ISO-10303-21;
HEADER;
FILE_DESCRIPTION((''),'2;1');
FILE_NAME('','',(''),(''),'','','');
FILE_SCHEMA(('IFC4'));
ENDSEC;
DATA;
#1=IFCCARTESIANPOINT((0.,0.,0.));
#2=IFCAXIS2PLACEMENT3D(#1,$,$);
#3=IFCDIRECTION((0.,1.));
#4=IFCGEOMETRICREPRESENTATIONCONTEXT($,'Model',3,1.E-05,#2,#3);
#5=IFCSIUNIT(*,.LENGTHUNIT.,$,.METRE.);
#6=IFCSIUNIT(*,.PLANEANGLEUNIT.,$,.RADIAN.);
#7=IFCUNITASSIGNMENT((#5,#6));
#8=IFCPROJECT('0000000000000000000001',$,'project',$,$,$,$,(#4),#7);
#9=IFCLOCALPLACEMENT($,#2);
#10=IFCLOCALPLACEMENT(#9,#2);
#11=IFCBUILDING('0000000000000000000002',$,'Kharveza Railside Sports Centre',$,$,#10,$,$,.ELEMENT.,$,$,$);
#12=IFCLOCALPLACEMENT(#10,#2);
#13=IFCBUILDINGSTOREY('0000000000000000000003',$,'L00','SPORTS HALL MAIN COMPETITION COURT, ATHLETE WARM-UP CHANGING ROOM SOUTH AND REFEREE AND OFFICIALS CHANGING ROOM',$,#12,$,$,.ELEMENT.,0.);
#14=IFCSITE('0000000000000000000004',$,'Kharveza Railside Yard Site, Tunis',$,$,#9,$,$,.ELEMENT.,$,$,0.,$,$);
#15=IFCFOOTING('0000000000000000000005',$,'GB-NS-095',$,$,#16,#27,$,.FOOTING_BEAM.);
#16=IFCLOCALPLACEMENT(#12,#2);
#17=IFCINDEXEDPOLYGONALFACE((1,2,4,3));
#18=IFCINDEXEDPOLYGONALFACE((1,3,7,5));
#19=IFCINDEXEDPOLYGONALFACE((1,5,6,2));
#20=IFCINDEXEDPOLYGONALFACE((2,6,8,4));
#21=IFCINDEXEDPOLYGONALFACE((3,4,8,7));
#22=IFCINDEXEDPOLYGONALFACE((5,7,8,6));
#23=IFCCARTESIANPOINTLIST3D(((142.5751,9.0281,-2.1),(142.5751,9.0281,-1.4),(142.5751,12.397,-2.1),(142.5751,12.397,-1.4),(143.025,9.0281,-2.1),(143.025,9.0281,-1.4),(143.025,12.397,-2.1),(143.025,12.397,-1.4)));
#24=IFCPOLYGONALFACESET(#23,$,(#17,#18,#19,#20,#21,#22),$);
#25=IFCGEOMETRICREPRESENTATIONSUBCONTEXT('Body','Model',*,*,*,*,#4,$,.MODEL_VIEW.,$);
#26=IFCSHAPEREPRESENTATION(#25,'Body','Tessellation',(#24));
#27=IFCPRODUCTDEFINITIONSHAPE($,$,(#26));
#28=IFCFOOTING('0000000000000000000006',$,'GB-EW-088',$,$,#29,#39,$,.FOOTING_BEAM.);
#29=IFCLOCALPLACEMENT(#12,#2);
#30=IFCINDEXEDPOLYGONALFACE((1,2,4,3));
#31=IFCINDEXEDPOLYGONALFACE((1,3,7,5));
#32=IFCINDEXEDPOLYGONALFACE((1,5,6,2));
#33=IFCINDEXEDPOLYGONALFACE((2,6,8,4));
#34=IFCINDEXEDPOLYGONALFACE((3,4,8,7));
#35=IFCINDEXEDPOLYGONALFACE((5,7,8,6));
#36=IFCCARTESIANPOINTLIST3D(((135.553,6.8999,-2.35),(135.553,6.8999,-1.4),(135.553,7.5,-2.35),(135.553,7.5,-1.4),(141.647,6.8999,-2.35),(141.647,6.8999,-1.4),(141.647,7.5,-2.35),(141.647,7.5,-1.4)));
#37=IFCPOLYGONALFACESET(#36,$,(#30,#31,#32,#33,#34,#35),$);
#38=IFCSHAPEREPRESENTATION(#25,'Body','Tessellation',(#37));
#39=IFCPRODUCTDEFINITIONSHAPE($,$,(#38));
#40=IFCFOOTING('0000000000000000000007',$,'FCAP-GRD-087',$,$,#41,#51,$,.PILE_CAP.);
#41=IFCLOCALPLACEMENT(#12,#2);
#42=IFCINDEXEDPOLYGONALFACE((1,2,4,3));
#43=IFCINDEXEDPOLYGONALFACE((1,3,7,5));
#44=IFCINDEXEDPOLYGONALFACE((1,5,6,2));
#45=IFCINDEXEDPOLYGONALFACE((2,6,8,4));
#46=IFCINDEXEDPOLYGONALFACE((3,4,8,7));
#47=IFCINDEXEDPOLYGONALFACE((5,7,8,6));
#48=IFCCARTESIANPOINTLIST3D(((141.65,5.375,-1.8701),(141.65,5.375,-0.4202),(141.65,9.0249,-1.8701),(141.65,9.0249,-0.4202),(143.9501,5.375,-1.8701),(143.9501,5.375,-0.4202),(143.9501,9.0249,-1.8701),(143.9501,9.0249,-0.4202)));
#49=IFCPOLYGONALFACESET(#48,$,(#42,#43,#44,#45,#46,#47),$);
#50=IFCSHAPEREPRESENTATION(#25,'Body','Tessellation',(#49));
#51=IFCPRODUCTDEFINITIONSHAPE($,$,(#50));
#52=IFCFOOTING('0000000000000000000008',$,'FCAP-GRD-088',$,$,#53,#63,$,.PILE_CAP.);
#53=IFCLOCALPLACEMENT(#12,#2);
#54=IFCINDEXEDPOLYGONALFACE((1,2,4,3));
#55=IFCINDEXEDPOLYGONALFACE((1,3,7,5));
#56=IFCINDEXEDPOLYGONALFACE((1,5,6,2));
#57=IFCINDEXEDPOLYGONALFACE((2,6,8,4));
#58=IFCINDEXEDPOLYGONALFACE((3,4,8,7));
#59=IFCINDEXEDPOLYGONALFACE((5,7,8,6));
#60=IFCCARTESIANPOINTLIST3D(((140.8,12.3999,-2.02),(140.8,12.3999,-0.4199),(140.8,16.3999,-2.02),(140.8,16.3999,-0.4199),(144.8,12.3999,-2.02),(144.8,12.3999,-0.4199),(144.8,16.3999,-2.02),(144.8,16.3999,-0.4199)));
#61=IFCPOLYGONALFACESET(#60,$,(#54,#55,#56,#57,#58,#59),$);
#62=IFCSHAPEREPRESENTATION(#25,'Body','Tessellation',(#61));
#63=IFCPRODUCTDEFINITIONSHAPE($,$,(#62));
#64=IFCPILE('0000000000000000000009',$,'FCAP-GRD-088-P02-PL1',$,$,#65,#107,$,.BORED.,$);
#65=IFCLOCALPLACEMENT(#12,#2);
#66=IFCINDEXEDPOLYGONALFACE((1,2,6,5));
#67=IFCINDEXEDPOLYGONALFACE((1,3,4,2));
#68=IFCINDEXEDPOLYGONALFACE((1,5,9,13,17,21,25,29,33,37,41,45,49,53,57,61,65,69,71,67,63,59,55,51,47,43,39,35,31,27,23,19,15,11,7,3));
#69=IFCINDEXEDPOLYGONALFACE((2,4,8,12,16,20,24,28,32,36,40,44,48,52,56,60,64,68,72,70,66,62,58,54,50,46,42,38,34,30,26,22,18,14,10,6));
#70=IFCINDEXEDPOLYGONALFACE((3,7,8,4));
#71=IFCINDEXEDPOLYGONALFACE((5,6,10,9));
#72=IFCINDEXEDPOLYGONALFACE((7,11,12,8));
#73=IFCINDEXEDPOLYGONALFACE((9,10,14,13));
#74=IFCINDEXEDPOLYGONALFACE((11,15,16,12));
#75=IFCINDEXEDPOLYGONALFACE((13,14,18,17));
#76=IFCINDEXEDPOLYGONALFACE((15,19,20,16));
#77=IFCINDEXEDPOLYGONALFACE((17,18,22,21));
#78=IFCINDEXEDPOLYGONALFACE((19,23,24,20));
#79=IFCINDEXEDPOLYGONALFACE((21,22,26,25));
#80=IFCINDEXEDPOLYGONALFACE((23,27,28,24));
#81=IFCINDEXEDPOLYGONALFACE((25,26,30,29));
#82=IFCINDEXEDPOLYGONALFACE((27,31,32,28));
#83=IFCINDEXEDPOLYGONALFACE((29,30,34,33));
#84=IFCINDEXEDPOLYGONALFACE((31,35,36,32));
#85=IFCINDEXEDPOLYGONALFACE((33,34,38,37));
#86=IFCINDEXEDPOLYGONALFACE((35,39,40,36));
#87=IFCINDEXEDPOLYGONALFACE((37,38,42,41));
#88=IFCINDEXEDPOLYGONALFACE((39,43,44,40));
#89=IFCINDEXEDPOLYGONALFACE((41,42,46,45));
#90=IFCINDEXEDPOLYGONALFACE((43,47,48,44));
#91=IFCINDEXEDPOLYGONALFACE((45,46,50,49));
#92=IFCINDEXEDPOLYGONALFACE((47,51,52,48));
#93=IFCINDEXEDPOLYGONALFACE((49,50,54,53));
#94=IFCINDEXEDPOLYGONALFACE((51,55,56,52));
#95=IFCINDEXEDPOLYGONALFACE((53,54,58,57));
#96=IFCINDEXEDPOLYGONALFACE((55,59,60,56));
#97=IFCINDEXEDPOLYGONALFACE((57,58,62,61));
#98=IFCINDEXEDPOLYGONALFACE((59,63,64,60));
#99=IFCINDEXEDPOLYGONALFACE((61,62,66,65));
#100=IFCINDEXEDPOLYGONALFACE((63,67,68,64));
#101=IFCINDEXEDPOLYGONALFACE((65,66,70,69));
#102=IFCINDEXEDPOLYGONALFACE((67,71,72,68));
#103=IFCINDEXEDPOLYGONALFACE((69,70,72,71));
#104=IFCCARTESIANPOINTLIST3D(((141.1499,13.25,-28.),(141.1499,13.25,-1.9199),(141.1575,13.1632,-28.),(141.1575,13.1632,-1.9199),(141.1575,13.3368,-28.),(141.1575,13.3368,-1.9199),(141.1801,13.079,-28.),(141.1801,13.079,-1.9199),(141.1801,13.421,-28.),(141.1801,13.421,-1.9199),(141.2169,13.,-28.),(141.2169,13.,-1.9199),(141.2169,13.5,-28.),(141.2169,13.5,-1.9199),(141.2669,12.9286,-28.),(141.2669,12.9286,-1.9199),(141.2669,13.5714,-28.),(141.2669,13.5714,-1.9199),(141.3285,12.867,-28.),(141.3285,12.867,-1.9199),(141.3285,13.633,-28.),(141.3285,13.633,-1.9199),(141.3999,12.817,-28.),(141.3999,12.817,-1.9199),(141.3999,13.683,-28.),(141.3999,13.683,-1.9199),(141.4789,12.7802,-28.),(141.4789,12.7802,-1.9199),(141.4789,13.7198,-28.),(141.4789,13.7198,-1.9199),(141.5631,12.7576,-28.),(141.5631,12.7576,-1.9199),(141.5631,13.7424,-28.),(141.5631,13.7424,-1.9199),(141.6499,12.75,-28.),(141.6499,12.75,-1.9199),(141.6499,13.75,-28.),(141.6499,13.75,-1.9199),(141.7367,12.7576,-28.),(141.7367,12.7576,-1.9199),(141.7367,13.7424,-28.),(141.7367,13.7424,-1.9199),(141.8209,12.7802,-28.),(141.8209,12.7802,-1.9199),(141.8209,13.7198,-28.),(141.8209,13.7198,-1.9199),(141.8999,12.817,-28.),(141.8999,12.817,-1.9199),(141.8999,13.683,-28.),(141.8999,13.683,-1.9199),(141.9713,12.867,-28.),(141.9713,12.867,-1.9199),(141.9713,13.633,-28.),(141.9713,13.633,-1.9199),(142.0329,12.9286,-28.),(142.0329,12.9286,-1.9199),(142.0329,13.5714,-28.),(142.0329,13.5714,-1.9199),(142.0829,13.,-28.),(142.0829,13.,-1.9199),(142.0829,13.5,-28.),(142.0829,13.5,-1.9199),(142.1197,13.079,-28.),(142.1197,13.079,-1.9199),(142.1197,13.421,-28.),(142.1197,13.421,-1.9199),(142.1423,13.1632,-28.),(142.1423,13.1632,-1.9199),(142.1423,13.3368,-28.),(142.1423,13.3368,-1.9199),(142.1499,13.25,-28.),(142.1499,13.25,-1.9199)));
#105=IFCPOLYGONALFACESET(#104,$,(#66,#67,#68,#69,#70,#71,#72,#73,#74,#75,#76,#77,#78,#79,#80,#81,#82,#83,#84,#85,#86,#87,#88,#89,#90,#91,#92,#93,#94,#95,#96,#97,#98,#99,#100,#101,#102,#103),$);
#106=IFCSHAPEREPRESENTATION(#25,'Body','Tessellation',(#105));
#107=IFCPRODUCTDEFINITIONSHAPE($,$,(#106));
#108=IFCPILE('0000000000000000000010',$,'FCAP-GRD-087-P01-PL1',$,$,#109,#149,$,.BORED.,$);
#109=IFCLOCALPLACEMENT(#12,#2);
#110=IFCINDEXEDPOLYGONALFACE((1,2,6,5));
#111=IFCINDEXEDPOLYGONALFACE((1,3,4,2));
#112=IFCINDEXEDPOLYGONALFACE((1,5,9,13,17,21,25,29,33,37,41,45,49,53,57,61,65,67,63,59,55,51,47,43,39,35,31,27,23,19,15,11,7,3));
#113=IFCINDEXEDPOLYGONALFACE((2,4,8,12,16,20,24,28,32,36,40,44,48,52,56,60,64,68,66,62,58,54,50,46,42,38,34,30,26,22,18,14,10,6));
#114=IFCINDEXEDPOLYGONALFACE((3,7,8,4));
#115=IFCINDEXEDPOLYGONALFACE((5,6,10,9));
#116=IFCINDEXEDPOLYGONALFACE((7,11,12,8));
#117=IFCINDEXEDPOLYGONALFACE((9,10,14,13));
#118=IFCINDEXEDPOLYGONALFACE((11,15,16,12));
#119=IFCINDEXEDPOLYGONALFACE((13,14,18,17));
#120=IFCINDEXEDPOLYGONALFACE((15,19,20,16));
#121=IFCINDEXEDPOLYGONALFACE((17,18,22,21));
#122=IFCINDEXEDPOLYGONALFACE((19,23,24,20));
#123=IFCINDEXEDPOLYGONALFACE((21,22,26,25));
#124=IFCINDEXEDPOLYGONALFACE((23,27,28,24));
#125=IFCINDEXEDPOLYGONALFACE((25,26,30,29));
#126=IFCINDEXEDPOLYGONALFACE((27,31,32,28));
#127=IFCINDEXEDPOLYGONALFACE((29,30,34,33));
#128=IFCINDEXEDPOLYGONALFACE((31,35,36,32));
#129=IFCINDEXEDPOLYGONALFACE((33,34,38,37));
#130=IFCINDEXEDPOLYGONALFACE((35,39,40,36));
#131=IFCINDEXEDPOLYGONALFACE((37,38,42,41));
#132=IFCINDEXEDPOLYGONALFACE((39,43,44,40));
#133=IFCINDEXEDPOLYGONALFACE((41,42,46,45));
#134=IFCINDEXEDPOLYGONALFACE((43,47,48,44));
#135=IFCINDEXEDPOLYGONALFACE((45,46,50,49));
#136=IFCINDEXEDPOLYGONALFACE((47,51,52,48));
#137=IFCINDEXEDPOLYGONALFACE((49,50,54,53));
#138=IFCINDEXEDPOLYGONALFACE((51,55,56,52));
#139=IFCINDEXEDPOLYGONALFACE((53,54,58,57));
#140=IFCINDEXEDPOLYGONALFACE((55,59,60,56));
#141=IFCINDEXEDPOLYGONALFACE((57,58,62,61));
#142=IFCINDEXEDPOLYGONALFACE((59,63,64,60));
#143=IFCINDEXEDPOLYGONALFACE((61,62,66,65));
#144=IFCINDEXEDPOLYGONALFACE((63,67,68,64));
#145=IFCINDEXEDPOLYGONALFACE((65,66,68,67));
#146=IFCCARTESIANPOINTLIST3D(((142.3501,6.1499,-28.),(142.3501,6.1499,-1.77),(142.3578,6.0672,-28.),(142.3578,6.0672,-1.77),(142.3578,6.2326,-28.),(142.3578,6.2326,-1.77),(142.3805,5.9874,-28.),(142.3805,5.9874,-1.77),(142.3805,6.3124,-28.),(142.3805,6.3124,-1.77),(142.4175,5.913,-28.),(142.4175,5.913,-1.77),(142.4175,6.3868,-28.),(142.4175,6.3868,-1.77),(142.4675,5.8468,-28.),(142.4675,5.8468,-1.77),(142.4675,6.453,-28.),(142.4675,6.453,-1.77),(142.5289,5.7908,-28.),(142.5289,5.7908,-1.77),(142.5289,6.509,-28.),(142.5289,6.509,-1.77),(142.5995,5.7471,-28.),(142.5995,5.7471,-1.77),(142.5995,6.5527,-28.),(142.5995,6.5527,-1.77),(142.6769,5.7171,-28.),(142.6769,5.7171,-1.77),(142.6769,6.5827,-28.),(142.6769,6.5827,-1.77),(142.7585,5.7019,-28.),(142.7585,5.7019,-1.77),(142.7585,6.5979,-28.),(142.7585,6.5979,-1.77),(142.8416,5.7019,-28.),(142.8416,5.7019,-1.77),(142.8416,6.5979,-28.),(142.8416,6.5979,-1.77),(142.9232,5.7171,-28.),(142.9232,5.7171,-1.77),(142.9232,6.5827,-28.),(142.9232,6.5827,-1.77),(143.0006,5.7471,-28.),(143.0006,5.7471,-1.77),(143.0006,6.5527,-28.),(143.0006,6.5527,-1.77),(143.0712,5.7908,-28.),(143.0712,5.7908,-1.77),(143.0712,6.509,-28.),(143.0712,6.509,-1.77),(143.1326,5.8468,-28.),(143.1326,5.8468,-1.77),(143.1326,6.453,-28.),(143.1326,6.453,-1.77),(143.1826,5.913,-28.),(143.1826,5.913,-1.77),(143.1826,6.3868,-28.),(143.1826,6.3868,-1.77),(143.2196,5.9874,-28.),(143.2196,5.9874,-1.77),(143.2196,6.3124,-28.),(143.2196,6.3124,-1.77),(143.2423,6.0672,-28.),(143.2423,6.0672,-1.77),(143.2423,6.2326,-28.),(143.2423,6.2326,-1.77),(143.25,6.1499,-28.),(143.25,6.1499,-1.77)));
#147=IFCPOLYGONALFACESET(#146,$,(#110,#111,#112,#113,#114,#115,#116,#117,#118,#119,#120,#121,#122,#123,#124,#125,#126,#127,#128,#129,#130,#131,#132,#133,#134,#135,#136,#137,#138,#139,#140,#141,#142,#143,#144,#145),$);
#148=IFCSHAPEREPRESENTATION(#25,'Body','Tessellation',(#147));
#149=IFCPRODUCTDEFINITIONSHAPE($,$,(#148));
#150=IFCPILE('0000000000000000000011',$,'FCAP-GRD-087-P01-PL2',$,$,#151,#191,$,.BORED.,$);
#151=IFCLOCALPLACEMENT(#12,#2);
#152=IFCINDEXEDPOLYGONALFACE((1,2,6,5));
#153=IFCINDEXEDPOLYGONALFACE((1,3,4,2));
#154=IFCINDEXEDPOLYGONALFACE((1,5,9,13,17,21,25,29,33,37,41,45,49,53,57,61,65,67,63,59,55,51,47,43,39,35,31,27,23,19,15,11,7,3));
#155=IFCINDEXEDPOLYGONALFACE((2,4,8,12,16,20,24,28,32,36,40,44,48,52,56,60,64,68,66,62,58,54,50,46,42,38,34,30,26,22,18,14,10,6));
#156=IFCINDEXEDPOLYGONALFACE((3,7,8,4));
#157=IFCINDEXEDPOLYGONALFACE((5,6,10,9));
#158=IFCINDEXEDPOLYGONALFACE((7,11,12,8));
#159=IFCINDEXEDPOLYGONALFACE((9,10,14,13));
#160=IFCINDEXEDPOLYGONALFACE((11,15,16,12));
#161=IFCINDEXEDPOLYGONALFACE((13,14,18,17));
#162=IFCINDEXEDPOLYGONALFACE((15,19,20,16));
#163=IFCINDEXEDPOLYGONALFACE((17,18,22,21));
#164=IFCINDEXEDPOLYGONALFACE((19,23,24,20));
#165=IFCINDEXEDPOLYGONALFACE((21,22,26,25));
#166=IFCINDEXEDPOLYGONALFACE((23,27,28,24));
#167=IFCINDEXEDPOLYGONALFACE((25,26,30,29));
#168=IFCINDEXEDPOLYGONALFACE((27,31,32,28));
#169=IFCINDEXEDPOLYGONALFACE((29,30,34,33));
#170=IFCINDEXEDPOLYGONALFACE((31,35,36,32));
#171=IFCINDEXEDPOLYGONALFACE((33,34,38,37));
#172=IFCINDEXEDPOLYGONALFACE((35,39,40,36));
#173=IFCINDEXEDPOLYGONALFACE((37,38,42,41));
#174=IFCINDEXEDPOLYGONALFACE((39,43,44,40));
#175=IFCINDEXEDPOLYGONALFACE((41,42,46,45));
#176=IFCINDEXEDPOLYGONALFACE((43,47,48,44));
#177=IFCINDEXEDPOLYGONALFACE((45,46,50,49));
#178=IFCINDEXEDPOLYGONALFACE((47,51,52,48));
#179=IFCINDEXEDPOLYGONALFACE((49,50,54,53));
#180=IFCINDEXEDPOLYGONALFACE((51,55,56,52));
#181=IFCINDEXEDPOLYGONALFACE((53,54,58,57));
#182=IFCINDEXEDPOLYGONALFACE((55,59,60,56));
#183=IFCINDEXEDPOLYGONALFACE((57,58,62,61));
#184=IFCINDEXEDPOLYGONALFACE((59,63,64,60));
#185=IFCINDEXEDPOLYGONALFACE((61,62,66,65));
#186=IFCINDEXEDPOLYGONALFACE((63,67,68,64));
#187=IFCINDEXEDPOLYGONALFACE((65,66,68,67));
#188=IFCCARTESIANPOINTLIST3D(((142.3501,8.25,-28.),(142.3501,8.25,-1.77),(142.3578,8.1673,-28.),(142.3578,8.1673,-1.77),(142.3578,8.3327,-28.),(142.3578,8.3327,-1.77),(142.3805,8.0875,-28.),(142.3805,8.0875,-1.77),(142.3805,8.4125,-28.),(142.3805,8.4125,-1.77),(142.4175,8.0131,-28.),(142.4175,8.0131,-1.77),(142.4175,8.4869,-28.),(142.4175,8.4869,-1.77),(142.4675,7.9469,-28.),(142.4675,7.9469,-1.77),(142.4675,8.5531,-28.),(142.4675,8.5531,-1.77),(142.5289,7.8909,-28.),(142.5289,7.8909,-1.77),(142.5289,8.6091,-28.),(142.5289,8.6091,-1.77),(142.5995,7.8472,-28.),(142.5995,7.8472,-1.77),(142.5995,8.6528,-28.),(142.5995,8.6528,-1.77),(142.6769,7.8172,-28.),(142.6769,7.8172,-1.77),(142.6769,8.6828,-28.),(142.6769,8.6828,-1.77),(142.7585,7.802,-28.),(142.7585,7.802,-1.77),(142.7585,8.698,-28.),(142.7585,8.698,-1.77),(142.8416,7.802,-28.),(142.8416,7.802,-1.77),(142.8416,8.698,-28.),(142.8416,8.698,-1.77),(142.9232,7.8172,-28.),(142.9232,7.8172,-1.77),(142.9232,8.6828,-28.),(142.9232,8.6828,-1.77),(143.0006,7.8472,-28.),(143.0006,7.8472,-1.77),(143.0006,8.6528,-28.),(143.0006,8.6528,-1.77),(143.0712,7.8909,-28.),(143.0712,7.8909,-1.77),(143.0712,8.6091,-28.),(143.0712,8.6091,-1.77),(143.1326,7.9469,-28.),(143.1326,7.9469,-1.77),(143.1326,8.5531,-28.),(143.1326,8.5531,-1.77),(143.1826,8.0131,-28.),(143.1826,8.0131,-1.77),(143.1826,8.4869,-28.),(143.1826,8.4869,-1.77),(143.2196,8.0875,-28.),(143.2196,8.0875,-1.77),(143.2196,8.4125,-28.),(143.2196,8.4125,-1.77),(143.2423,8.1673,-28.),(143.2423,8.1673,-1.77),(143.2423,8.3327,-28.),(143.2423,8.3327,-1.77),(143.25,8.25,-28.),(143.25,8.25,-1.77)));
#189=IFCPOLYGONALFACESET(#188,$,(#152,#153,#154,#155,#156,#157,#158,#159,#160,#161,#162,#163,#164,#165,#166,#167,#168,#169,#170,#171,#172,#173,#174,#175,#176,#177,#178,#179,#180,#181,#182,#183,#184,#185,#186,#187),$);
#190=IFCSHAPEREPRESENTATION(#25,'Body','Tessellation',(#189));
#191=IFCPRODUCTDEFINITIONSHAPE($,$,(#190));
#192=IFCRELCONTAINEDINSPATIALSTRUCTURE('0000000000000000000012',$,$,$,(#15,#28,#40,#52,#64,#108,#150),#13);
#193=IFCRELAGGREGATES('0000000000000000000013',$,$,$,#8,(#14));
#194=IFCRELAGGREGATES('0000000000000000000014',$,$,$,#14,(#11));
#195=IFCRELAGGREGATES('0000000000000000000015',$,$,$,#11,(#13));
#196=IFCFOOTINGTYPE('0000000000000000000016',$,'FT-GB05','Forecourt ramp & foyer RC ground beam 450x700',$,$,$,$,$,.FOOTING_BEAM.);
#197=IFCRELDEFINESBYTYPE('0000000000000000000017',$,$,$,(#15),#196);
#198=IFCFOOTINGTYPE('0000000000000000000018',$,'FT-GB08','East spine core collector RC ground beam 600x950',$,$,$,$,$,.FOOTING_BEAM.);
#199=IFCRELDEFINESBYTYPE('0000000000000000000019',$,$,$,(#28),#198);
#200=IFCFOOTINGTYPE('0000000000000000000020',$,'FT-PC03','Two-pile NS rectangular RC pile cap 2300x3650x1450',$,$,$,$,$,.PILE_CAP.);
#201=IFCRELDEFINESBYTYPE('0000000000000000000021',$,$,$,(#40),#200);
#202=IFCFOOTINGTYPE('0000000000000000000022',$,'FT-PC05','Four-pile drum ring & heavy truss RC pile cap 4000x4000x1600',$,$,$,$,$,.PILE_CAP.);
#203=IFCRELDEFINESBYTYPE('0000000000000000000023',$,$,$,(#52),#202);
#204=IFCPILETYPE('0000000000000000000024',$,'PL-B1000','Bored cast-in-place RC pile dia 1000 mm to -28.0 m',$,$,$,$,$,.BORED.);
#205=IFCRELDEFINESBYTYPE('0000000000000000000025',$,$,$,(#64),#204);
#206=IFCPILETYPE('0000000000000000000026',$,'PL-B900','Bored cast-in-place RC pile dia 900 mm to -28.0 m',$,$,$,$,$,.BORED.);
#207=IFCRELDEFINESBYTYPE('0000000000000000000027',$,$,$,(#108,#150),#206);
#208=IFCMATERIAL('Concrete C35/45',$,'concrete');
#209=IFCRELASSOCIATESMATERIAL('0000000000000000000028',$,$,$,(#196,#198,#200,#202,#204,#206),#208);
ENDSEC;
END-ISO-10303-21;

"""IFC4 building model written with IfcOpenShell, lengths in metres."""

from ifc_helpers import new_model, si_unit, direction, frame, origin, origin_2d, place, context, subcontext, project, spatial, rectangle, circle, extrude, material, material_profile, profile_set, type_object, element, save


model = new_model("IFC4")

# Units and contexts
model_context = context("Model", 3, precision=1e-05, world=origin(), true_north=direction((0.0, 1.0)))
body_context = subcontext(model_context, "Body", "Model", "MODEL_VIEW")
ifc_project = project(units=[si_unit("LENGTHUNIT", "METRE"), si_unit("PLANEANGLEUNIT", "RADIAN")], contexts=[model_context])

# Site, building, storey
site_placement = place(None, origin())
site = spatial("IfcSite", under=ifc_project, at=site_placement, Name="Kharveza Railside Yard Site, Tunis", CompositionType="ELEMENT", RefElevation=0.0)
building_placement = place(site_placement, origin())
building = spatial("IfcBuilding", under=site, at=building_placement, Name="Kharveza Railside Sports Centre", CompositionType="ELEMENT")
storey_placement = place(building_placement, origin())
storey = spatial("IfcBuildingStorey", under=building, at=storey_placement, Name="L00", Description="SPORTS HALL MAIN COMPETITION COURT, ATHLETE WARM-UP CHANGING ROOM SOUTH AND REFEREE AND OFFICIALS CHANGING ROOM", CompositionType="ELEMENT", Elevation=0.0)

# Footings
ifc_material_1 = material(Name="Concrete C35/45", Category="concrete")
ifc_material_profile_1 = material_profile(ifc_material_1, rectangle(XDim=0.45, YDim=0.7, at=origin_2d()), Name="GB 450x700")
ifc_profile_set_1 = profile_set([ifc_material_profile_1], Name="Concrete C35/45")
footing_type_1 = type_object("IfcFootingType", Name="FT-GB05", Description="Forecourt ramp & foyer RC ground beam 450x700", PredefinedType="FOOTING_BEAM", material=ifc_profile_set_1)
footing_1_placement = place(storey_placement, frame((142.8, 9.0281, -1.75), z_axis=(0.0, 1.0, 0.0), x_axis=(-1.0, 0.0, 0.0)))
element("IfcFooting", 1, at=footing_1_placement, inside=storey, type_object=footing_type_1, Name="GB-NS-095", PredefinedType="FOOTING_BEAM", context=body_context, shape_type="SweptSolid", body=[
    extrude(rectangle(XDim=0.45, YDim=0.7, at=origin_2d()), origin(), (0.0, 0.0, 1.0), 3.3689),
])
ifc_material_profile_2 = material_profile(ifc_material_1, rectangle(XDim=0.6001, YDim=0.95, at=origin_2d()), Name="GB 600x950")
ifc_profile_set_2 = profile_set([ifc_material_profile_2], Name="Concrete C35/45")
footing_type_2 = type_object("IfcFootingType", Name="FT-GB08", Description="East spine core collector RC ground beam 600x950", PredefinedType="FOOTING_BEAM", material=ifc_profile_set_2)
footing_2_placement = place(storey_placement, frame((135.553, 7.2, -1.875), z_axis=(1.0, 0.0, 0.0), x_axis=(0.0, 1.0, 0.0)))
element("IfcFooting", 2, at=footing_2_placement, inside=storey, type_object=footing_type_2, Name="GB-EW-088", PredefinedType="FOOTING_BEAM", context=body_context, shape_type="SweptSolid", body=[
    extrude(rectangle(XDim=0.6001, YDim=0.95, at=origin_2d()), origin(), (0.0, 0.0, 1.0), 6.094),
])
footing_type_3 = type_object("IfcFootingType", Name="FT-PC03", Description="Two-pile NS rectangular RC pile cap 2300x3650x1450", PredefinedType="PILE_CAP", material=ifc_material_1)
footing_3_placement = place(storey_placement, frame((142.8, 7.2, -1.8701), z_axis=(0.0, 0.0, 1.0), x_axis=(1.0, 0.0, 0.0)))
element("IfcFooting", 3, at=footing_3_placement, inside=storey, type_object=footing_type_3, Name="FCAP-GRD-087", PredefinedType="PILE_CAP", context=body_context, shape_type="SweptSolid", body=[
    extrude(rectangle(XDim=2.3, YDim=3.6499, at=origin_2d()), origin(), (0.0, 0.0, 1.0), 1.45),
])
footing_type_4 = type_object("IfcFootingType", Name="FT-PC05", Description="Four-pile drum ring & heavy truss RC pile cap 4000x4000x1600", PredefinedType="PILE_CAP", material=ifc_material_1)
footing_4_placement = place(storey_placement, frame((142.8, 14.3999, -2.02), z_axis=(0.0, 0.0, 1.0), x_axis=(1.0, 0.0, 0.0)))
element("IfcFooting", 4, at=footing_4_placement, inside=storey, type_object=footing_type_4, Name="FCAP-GRD-088", PredefinedType="PILE_CAP", context=body_context, shape_type="SweptSolid", body=[
    extrude(rectangle(XDim=4.0, YDim=4.0, at=origin_2d()), origin(), (0.0, 0.0, 1.0), 1.6001),
])

# Piles
ifc_material_profile_3 = material_profile(ifc_material_1, circle(Radius=0.5, at=origin_2d()), Name="PILE D1000")
ifc_profile_set_3 = profile_set([ifc_material_profile_3], Name="Concrete C35/45")
pile_type_1 = type_object("IfcPileType", Name="PL-B1000", Description="Bored cast-in-place RC pile dia 1000 mm to -28.0 m", PredefinedType="BORED", material=ifc_profile_set_3)
pile_placement = place(storey_placement, frame((141.6499, 13.25, -1.9199), z_axis=(0.0, 0.0, -1.0), x_axis=(1.0, 0.0, 0.0)))
element("IfcPile", 5, at=pile_placement, inside=storey, type_object=pile_type_1, Name="FCAP-GRD-088-P02-PL1", PredefinedType="BORED", context=body_context, shape_type="SweptSolid", body=[
    extrude(circle(Radius=0.5, at=origin_2d()), origin(), (0.0, 0.0, 1.0), 26.0801),
])
ifc_material_profile_4 = material_profile(ifc_material_1, circle(Radius=0.45, at=origin_2d()), Name="PILE D900")
ifc_profile_set_4 = profile_set([ifc_material_profile_4], Name="Concrete C35/45")
pile_type_2 = type_object("IfcPileType", Name="PL-B900", Description="Bored cast-in-place RC pile dia 900 mm to -28.0 m", PredefinedType="BORED", material=ifc_profile_set_4)
for number, where, z_axis, x_axis, name in (
    (6, (142.8, 6.1499, -1.77), (0.0, 0.0, -1.0), (1.0, 0.0, 0.0), "FCAP-GRD-087-P01-PL1"),
    (7, (142.8, 8.25, -1.77), (0.0, 0.0, -1.0), (1.0, 0.0, 0.0), "FCAP-GRD-087-P01-PL2"),
):
    element("IfcPile", number, at=place(storey_placement, frame(where, z_axis=z_axis, x_axis=x_axis)), inside=storey, type_object=pile_type_2, Name=name, PredefinedType="BORED", context=body_context, shape_type="SweptSolid", body=[
        extrude(circle(Radius=0.45, at=origin_2d()), origin(), (0.0, 0.0, 1.0), 26.23),
    ])

save(model, "model.ifc")
